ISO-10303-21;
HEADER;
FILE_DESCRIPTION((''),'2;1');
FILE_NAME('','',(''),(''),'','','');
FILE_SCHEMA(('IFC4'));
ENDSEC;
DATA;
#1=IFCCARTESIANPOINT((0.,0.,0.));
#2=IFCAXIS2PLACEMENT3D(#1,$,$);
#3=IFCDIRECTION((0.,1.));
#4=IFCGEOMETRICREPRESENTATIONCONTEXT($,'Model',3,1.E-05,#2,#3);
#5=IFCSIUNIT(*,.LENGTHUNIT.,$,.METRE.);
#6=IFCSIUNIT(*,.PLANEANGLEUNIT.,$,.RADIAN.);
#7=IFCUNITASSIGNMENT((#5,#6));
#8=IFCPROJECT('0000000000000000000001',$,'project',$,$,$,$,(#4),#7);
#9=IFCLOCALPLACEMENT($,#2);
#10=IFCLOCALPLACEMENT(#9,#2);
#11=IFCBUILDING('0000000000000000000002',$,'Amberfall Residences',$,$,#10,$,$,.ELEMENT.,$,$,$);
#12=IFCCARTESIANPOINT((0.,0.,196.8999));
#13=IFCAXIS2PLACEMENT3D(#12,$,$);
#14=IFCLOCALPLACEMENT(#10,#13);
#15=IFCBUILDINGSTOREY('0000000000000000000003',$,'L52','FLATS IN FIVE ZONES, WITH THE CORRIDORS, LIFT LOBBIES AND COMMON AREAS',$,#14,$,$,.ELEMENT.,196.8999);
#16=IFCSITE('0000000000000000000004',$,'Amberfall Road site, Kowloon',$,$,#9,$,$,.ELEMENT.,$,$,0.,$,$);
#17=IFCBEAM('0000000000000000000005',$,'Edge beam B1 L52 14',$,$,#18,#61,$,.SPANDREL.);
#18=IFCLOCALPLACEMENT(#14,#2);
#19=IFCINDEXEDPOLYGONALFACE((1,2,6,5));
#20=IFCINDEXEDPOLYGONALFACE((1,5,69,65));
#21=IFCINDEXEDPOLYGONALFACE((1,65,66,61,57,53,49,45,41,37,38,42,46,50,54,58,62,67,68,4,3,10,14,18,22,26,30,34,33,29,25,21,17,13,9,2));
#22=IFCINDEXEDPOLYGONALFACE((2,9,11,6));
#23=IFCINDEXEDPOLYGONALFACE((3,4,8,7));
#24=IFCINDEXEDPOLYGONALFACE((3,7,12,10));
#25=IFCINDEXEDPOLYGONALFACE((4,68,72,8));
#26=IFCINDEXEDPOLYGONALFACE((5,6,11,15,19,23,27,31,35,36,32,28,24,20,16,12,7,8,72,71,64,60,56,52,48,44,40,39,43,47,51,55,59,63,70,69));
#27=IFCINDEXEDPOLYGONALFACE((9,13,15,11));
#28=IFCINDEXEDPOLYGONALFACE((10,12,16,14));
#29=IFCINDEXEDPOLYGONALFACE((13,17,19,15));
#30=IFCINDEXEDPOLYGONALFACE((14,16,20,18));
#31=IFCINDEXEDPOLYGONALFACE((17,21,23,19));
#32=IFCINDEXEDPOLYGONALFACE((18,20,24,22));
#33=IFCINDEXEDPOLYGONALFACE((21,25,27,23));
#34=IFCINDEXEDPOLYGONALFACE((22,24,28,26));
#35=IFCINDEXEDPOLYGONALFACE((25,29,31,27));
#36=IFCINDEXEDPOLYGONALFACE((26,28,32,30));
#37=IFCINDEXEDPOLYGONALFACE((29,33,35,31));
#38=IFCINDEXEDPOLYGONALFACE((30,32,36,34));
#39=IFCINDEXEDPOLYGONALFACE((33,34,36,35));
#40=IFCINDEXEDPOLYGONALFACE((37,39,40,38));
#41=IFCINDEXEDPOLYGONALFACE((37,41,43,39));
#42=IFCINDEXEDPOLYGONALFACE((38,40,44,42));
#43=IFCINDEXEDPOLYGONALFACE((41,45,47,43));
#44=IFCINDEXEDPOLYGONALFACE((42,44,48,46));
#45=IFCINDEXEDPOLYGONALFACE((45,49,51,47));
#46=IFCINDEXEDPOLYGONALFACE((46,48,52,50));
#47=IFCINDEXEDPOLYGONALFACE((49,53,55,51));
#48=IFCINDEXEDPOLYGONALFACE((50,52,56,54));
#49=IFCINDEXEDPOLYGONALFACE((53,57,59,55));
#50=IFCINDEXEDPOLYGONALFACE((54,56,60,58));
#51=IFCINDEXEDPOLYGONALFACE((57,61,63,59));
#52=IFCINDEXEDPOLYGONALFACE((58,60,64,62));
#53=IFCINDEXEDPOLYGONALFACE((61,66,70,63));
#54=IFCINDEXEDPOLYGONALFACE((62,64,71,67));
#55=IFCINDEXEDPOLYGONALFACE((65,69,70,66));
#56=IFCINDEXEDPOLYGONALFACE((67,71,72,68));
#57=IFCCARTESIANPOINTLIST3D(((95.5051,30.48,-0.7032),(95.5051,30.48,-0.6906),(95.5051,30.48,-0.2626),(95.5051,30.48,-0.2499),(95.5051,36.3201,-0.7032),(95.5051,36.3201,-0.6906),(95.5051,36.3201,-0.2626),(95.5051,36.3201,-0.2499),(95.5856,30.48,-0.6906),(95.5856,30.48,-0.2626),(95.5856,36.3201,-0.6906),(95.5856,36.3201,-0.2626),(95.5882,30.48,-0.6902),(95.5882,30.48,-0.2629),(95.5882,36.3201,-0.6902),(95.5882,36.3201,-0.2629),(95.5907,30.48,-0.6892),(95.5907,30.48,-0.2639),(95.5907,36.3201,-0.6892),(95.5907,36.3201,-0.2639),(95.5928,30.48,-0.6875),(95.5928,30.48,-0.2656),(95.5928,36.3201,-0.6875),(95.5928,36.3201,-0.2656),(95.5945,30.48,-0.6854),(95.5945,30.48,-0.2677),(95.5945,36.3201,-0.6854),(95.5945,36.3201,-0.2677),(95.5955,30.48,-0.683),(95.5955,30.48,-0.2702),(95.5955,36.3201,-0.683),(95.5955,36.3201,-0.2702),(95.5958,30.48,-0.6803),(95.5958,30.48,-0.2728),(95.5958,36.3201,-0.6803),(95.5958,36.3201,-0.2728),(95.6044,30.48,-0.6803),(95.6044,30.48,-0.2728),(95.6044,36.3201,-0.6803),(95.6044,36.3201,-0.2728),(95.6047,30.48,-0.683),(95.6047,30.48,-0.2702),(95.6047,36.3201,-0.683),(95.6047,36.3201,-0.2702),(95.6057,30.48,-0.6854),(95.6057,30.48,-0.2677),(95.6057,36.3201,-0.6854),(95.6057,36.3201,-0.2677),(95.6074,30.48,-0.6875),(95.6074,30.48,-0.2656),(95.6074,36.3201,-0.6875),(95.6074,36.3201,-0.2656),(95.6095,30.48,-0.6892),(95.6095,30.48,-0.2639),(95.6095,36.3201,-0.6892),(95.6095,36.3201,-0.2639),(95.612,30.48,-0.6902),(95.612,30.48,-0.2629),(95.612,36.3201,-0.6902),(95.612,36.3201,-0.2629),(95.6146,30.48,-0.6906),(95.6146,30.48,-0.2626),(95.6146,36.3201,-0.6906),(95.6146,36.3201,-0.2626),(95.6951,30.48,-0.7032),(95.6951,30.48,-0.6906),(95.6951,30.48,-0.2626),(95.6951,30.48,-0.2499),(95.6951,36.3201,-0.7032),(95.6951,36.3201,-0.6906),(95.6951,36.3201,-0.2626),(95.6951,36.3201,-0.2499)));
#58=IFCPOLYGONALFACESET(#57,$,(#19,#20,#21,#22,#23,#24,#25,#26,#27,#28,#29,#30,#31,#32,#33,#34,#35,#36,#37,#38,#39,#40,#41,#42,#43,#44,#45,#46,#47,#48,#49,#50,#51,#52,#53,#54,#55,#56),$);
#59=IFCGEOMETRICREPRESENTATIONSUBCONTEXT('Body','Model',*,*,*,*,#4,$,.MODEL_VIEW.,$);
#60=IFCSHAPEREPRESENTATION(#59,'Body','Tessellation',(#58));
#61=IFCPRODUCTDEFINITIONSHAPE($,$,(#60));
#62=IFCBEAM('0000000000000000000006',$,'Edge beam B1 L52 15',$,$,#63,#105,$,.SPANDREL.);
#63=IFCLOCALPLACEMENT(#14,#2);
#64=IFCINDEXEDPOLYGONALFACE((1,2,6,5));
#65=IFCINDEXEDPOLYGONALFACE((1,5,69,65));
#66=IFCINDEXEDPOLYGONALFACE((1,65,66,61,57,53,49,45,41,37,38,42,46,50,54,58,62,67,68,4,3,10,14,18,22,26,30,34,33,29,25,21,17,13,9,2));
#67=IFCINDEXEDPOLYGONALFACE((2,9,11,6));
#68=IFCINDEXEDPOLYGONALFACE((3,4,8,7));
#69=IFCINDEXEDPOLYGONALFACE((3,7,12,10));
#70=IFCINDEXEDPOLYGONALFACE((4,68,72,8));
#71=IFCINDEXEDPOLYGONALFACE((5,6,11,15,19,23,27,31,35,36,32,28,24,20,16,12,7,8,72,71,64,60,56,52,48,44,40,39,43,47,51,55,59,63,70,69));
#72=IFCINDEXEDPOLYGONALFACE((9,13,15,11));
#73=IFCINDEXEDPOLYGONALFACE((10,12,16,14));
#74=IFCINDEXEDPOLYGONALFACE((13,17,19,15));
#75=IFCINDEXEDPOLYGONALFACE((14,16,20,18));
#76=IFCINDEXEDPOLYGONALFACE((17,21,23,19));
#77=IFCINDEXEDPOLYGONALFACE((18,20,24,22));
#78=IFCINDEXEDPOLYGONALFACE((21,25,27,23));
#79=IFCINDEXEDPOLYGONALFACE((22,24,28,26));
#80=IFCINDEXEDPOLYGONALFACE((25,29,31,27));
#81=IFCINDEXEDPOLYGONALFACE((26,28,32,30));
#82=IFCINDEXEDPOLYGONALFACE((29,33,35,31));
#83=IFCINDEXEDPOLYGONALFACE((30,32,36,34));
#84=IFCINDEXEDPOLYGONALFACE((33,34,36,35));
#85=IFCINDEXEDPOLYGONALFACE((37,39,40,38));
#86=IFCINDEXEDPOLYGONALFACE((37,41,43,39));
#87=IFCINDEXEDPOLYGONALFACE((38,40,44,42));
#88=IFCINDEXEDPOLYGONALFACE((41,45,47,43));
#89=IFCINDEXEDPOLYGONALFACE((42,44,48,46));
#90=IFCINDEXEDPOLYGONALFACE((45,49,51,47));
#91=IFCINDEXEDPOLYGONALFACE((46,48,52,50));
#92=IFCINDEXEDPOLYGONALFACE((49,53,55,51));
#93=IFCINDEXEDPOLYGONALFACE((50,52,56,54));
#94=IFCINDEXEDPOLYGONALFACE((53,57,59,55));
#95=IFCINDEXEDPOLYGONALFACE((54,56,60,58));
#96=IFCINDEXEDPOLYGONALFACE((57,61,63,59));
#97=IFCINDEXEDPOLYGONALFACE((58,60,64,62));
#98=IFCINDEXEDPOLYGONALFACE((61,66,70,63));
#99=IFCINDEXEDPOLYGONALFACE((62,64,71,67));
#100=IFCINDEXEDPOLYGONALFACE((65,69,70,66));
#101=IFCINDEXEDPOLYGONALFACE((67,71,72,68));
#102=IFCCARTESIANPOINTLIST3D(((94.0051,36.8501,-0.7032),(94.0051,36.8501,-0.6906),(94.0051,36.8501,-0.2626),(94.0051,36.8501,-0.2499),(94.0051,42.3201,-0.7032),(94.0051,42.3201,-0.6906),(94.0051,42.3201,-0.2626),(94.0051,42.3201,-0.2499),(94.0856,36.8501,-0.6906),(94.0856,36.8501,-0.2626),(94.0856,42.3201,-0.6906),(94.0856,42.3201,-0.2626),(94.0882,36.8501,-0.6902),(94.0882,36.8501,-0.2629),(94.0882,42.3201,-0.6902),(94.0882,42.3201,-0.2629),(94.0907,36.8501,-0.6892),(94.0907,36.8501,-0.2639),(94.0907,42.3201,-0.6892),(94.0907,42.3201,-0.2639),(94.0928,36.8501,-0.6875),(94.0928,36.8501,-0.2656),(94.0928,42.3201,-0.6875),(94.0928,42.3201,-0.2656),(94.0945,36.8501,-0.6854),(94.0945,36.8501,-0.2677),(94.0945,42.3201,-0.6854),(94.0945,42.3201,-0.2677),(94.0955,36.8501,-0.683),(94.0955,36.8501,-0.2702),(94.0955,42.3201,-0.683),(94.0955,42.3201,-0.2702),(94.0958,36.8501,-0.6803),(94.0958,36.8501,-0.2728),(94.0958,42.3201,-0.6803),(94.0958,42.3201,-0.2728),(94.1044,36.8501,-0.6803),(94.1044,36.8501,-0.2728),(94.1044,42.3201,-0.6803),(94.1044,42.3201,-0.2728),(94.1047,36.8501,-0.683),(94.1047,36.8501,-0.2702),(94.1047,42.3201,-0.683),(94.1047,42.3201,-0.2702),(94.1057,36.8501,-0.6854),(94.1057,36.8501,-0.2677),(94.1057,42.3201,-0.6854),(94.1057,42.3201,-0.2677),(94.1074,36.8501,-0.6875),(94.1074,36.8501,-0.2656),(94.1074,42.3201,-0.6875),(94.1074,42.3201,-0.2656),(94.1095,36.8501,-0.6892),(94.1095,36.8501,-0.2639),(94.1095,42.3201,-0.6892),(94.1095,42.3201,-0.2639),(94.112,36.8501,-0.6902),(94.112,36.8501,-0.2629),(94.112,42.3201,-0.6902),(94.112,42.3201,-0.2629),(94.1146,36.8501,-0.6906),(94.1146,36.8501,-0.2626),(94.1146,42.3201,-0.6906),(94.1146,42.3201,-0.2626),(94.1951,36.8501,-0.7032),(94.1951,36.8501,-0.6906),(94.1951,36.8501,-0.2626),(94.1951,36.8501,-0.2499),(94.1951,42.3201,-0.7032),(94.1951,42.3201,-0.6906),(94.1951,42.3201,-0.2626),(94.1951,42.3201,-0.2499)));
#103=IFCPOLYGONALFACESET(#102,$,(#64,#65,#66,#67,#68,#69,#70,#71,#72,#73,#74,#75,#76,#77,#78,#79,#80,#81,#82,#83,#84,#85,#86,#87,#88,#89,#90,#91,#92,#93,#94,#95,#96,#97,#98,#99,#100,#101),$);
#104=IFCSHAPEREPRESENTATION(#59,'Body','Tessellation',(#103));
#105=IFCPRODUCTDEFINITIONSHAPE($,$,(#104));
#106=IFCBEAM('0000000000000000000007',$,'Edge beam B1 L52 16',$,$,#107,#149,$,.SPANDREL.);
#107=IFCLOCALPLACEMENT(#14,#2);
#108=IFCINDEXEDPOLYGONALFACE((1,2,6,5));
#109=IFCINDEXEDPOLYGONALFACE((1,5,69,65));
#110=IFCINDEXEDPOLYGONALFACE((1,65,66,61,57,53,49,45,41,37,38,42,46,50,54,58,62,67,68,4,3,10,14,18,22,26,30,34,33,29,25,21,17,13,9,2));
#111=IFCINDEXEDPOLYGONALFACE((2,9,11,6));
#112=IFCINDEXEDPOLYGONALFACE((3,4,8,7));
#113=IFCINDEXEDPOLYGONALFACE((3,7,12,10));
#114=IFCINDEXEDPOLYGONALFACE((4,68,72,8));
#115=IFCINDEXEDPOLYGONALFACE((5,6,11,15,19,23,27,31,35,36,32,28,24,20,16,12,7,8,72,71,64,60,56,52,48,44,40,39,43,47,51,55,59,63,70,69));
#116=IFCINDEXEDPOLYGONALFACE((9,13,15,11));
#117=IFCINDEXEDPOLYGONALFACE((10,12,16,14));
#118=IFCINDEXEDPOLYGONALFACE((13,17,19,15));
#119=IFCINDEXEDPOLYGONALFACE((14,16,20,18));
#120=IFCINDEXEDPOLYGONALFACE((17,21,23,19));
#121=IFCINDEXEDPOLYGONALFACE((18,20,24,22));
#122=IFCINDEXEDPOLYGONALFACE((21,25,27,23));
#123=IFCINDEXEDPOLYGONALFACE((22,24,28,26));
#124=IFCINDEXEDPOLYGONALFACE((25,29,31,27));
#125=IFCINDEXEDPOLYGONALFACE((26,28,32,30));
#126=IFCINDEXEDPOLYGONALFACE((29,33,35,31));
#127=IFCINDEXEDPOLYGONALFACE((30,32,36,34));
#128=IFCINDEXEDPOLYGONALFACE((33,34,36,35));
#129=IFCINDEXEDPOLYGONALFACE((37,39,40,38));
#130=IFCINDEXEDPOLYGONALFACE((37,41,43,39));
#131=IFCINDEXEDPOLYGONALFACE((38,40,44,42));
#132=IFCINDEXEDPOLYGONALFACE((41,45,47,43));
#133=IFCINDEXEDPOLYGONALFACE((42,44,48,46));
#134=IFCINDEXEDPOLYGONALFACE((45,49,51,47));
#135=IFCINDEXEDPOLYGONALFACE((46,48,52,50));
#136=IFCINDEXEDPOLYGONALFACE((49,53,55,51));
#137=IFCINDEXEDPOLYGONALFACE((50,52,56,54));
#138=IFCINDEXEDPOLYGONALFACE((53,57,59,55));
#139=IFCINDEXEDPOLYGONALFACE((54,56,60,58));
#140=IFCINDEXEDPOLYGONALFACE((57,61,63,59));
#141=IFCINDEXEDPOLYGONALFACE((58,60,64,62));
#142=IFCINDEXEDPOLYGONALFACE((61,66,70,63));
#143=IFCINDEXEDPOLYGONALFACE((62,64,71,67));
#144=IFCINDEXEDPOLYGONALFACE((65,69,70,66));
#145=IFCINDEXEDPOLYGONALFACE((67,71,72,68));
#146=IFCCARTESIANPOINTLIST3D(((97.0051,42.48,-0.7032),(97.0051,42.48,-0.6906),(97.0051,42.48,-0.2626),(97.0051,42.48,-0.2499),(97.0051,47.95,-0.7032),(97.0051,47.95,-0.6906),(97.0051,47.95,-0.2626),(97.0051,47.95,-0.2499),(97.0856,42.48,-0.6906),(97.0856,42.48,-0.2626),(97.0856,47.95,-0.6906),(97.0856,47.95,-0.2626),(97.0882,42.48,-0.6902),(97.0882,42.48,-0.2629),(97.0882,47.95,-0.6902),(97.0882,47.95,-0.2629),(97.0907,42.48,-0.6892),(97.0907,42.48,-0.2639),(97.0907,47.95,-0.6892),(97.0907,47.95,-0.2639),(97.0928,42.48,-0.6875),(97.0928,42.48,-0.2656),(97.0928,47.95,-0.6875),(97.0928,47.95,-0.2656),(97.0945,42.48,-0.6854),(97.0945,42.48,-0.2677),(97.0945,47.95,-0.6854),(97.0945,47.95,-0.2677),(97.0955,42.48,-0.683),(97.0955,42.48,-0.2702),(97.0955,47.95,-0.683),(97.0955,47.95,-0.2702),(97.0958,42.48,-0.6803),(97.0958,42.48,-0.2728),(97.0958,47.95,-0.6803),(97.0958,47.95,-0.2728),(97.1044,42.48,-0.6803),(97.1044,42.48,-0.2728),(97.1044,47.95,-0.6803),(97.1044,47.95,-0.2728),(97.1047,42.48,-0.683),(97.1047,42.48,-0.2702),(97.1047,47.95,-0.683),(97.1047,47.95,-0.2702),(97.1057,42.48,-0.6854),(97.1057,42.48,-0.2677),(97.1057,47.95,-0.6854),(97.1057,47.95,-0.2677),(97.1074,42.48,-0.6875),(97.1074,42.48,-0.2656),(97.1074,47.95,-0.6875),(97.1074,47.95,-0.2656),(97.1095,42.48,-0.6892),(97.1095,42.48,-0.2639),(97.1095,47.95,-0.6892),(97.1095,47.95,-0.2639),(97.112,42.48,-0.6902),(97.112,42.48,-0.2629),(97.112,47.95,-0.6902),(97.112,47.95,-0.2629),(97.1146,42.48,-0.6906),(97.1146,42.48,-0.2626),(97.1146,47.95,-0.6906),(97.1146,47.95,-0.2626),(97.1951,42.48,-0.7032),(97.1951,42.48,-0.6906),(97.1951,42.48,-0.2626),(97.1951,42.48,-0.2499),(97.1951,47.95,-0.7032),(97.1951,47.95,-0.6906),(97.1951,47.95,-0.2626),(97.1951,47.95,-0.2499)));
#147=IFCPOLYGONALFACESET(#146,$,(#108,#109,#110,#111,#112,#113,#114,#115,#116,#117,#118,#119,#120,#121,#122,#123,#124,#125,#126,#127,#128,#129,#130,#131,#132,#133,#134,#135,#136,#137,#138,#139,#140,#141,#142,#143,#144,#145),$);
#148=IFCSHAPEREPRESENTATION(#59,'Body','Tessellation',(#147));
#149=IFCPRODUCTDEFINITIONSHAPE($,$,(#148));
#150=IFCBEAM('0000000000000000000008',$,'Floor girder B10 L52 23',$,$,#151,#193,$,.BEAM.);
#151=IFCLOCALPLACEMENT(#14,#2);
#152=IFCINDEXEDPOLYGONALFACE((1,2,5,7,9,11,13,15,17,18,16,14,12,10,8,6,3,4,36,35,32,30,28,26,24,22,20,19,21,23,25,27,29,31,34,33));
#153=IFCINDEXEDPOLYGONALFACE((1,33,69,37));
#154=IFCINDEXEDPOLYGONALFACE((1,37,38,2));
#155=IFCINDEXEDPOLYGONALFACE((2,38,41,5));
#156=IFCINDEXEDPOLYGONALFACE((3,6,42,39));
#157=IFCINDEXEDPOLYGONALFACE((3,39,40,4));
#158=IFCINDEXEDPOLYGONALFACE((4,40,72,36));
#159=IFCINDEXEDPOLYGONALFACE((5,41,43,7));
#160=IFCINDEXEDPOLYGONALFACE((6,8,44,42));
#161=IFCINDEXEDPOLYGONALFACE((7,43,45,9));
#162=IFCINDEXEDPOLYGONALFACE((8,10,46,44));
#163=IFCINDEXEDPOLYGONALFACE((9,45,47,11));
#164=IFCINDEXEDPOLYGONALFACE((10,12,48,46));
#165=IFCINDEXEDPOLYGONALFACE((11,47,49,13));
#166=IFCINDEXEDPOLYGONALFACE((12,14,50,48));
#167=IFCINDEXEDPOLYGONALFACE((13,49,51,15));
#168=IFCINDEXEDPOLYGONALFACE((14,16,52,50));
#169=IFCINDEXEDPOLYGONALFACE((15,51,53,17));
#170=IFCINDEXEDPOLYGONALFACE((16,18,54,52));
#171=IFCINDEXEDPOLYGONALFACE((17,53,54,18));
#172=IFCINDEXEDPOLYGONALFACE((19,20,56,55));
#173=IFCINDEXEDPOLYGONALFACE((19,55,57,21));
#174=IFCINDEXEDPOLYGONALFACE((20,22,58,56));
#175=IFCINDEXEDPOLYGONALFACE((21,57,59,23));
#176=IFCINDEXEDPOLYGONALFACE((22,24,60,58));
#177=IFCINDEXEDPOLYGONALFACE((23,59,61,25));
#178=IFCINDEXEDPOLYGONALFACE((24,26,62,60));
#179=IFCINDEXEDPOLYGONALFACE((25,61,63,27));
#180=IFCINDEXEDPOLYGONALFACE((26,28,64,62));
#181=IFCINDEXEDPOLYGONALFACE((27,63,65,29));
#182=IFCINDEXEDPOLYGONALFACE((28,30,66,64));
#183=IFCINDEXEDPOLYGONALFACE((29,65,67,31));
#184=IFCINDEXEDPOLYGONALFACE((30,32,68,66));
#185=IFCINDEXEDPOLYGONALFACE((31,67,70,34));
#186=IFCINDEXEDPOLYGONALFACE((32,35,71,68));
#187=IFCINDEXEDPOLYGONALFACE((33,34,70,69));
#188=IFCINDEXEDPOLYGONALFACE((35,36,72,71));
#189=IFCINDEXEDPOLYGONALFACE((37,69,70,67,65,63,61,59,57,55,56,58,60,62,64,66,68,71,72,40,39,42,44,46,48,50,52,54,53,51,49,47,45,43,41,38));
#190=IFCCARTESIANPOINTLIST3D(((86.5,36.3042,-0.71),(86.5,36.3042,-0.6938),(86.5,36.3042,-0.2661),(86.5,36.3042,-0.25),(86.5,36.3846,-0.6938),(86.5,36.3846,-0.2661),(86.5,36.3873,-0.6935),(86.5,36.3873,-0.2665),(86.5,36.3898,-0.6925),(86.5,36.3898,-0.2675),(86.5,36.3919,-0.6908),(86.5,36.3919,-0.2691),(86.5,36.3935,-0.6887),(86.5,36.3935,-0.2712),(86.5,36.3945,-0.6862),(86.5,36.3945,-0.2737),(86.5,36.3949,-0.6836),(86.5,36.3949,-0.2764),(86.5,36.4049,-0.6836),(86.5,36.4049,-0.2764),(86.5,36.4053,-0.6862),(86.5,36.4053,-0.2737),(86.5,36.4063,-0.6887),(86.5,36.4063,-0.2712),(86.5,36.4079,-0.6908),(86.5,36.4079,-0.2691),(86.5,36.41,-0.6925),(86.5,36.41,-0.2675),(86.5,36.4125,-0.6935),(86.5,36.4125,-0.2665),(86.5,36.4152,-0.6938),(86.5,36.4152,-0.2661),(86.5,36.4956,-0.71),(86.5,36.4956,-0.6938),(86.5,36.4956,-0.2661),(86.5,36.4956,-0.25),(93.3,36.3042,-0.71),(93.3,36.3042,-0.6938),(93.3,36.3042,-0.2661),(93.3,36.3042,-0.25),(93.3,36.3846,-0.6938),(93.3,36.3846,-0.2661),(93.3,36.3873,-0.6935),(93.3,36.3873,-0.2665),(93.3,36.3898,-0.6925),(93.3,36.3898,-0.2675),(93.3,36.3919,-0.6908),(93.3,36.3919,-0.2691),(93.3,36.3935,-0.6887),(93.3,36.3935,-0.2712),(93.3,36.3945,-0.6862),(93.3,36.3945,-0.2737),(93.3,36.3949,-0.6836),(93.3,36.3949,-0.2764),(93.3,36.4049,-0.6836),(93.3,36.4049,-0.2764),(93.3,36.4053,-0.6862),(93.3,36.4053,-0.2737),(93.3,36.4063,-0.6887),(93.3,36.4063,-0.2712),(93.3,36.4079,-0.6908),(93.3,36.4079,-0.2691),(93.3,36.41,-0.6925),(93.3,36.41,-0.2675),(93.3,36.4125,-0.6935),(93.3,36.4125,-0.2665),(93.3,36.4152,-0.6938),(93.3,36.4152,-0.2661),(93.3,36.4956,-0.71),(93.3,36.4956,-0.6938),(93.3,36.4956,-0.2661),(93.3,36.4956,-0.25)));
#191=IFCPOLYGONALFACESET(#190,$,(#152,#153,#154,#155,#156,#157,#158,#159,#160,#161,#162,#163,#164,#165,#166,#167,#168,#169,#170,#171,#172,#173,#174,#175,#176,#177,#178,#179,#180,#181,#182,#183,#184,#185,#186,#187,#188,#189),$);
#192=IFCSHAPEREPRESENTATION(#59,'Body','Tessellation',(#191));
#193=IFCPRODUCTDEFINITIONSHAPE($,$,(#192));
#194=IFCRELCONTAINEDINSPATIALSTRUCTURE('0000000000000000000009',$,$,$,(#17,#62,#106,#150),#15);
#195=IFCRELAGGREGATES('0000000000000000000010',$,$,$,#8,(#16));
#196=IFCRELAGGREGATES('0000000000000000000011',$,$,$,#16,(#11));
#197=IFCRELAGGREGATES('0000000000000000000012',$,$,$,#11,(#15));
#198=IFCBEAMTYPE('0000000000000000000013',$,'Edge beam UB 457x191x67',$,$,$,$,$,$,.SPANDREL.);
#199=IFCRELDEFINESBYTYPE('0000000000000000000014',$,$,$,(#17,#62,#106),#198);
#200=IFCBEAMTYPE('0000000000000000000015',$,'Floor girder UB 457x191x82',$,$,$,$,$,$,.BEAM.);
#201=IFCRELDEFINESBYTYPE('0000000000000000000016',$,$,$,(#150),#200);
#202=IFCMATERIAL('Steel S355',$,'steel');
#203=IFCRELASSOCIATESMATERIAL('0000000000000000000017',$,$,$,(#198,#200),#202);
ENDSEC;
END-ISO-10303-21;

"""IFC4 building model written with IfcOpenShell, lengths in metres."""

from ifc_helpers import new_model, si_unit, direction, frame, origin, origin_2d, place, context, subcontext, project, spatial, i_section, extrude, material, material_profile, profile_set, type_object, element, save


model = new_model("IFC4")

# Units and contexts
model_context = context("Model", 3, precision=1e-05, world=origin(), true_north=direction((0.0, 1.0)))
body_context = subcontext(model_context, "Body", "Model", "MODEL_VIEW")
ifc_project = project(units=[si_unit("LENGTHUNIT", "METRE"), si_unit("PLANEANGLEUNIT", "RADIAN")], contexts=[model_context])

# Site, building, storey
site_placement = place(None, origin())
site = spatial("IfcSite", under=ifc_project, at=site_placement, Name="Amberfall Road site, Kowloon", CompositionType="ELEMENT", RefElevation=0.0)
building_placement = place(site_placement, origin())
building = spatial("IfcBuilding", under=site, at=building_placement, Name="Amberfall Residences", CompositionType="ELEMENT")
storey_placement = place(building_placement, frame((0.0, 0.0, 196.8999)))
storey = spatial("IfcBuildingStorey", under=building, at=storey_placement, Name="L52", Description="FLATS IN FIVE ZONES, WITH THE CORRIDORS, LIFT LOBBIES AND COMMON AREAS", CompositionType="ELEMENT", Elevation=196.8999)

# Beams
ifc_material_1 = material(Name="Steel S355", Category="steel")
ifc_material_profile_1 = material_profile(ifc_material_1, i_section(OverallWidth=0.1899, OverallDepth=0.4534, WebThickness=0.0085, FlangeThickness=0.0127, FilletRadius=0.0103, at=origin_2d()), Name="UB 457x191x67")
ifc_profile_set_1 = profile_set([ifc_material_profile_1], Name="Steel S355")
beam_type_1 = type_object("IfcBeamType", Name="Edge beam UB 457x191x67", PredefinedType="SPANDREL", material=ifc_profile_set_1)
beam_1_placement = place(storey_placement, frame((95.6001, 30.48, -0.4766), z_axis=(0.0, 1.0, 0.0), x_axis=(-1.0, 0.0, 0.0)))
element("IfcBeam", 1, at=beam_1_placement, inside=storey, type_object=beam_type_1, Name="Edge beam B1 L52 14", PredefinedType="SPANDREL", context=body_context, shape_type="SweptSolid", body=[
    extrude(i_section(OverallWidth=0.1899, OverallDepth=0.4534, WebThickness=0.0085, FlangeThickness=0.0127, FilletRadius=0.0103, at=origin_2d()), origin(), (0.0, 0.0, 1.0), 5.8401),
])
for number, where, z_axis, x_axis, name in (
    (2, (94.1001, 36.8501, -0.4766), (0.0, 1.0, 0.0), (-1.0, 0.0, 0.0), "Edge beam B1 L52 15"),
    (3, (97.1001, 42.48, -0.4766), (0.0, 1.0, 0.0), (-1.0, 0.0, 0.0), "Edge beam B1 L52 16"),
):
    element("IfcBeam", number, at=place(storey_placement, frame(where, z_axis=z_axis, x_axis=x_axis)), inside=storey, type_object=beam_type_1, Name=name, PredefinedType="SPANDREL", context=body_context, shape_type="SweptSolid", body=[
        extrude(i_section(OverallWidth=0.1899, OverallDepth=0.4534, WebThickness=0.0085, FlangeThickness=0.0127, FilletRadius=0.0103, at=origin_2d()), origin(), (0.0, 0.0, 1.0), 5.47),
    ])
ifc_material_profile_2 = material_profile(ifc_material_1, i_section(OverallWidth=0.1914, OverallDepth=0.46, WebThickness=0.01, FlangeThickness=0.0161, FilletRadius=0.0103, at=origin_2d()), Name="UB 457x191x82")
ifc_profile_set_2 = profile_set([ifc_material_profile_2], Name="Steel S355")
beam_type_2 = type_object("IfcBeamType", Name="Floor girder UB 457x191x82", PredefinedType="BEAM", material=ifc_profile_set_2)
beam_2_placement = place(storey_placement, frame((93.3, 36.3999, -0.48), z_axis=(-1.0, 0.0, 0.0), x_axis=(0.0, -1.0, 0.0)))
element("IfcBeam", 4, at=beam_2_placement, inside=storey, type_object=beam_type_2, Name="Floor girder B10 L52 23", PredefinedType="BEAM", context=body_context, shape_type="SweptSolid", body=[
    extrude(i_section(OverallWidth=0.1914, OverallDepth=0.46, WebThickness=0.01, FlangeThickness=0.0161, FilletRadius=0.0103, at=origin_2d()), origin(), (0.0, 0.0, 1.0), 6.8),
])

save(model, "model.ifc")
